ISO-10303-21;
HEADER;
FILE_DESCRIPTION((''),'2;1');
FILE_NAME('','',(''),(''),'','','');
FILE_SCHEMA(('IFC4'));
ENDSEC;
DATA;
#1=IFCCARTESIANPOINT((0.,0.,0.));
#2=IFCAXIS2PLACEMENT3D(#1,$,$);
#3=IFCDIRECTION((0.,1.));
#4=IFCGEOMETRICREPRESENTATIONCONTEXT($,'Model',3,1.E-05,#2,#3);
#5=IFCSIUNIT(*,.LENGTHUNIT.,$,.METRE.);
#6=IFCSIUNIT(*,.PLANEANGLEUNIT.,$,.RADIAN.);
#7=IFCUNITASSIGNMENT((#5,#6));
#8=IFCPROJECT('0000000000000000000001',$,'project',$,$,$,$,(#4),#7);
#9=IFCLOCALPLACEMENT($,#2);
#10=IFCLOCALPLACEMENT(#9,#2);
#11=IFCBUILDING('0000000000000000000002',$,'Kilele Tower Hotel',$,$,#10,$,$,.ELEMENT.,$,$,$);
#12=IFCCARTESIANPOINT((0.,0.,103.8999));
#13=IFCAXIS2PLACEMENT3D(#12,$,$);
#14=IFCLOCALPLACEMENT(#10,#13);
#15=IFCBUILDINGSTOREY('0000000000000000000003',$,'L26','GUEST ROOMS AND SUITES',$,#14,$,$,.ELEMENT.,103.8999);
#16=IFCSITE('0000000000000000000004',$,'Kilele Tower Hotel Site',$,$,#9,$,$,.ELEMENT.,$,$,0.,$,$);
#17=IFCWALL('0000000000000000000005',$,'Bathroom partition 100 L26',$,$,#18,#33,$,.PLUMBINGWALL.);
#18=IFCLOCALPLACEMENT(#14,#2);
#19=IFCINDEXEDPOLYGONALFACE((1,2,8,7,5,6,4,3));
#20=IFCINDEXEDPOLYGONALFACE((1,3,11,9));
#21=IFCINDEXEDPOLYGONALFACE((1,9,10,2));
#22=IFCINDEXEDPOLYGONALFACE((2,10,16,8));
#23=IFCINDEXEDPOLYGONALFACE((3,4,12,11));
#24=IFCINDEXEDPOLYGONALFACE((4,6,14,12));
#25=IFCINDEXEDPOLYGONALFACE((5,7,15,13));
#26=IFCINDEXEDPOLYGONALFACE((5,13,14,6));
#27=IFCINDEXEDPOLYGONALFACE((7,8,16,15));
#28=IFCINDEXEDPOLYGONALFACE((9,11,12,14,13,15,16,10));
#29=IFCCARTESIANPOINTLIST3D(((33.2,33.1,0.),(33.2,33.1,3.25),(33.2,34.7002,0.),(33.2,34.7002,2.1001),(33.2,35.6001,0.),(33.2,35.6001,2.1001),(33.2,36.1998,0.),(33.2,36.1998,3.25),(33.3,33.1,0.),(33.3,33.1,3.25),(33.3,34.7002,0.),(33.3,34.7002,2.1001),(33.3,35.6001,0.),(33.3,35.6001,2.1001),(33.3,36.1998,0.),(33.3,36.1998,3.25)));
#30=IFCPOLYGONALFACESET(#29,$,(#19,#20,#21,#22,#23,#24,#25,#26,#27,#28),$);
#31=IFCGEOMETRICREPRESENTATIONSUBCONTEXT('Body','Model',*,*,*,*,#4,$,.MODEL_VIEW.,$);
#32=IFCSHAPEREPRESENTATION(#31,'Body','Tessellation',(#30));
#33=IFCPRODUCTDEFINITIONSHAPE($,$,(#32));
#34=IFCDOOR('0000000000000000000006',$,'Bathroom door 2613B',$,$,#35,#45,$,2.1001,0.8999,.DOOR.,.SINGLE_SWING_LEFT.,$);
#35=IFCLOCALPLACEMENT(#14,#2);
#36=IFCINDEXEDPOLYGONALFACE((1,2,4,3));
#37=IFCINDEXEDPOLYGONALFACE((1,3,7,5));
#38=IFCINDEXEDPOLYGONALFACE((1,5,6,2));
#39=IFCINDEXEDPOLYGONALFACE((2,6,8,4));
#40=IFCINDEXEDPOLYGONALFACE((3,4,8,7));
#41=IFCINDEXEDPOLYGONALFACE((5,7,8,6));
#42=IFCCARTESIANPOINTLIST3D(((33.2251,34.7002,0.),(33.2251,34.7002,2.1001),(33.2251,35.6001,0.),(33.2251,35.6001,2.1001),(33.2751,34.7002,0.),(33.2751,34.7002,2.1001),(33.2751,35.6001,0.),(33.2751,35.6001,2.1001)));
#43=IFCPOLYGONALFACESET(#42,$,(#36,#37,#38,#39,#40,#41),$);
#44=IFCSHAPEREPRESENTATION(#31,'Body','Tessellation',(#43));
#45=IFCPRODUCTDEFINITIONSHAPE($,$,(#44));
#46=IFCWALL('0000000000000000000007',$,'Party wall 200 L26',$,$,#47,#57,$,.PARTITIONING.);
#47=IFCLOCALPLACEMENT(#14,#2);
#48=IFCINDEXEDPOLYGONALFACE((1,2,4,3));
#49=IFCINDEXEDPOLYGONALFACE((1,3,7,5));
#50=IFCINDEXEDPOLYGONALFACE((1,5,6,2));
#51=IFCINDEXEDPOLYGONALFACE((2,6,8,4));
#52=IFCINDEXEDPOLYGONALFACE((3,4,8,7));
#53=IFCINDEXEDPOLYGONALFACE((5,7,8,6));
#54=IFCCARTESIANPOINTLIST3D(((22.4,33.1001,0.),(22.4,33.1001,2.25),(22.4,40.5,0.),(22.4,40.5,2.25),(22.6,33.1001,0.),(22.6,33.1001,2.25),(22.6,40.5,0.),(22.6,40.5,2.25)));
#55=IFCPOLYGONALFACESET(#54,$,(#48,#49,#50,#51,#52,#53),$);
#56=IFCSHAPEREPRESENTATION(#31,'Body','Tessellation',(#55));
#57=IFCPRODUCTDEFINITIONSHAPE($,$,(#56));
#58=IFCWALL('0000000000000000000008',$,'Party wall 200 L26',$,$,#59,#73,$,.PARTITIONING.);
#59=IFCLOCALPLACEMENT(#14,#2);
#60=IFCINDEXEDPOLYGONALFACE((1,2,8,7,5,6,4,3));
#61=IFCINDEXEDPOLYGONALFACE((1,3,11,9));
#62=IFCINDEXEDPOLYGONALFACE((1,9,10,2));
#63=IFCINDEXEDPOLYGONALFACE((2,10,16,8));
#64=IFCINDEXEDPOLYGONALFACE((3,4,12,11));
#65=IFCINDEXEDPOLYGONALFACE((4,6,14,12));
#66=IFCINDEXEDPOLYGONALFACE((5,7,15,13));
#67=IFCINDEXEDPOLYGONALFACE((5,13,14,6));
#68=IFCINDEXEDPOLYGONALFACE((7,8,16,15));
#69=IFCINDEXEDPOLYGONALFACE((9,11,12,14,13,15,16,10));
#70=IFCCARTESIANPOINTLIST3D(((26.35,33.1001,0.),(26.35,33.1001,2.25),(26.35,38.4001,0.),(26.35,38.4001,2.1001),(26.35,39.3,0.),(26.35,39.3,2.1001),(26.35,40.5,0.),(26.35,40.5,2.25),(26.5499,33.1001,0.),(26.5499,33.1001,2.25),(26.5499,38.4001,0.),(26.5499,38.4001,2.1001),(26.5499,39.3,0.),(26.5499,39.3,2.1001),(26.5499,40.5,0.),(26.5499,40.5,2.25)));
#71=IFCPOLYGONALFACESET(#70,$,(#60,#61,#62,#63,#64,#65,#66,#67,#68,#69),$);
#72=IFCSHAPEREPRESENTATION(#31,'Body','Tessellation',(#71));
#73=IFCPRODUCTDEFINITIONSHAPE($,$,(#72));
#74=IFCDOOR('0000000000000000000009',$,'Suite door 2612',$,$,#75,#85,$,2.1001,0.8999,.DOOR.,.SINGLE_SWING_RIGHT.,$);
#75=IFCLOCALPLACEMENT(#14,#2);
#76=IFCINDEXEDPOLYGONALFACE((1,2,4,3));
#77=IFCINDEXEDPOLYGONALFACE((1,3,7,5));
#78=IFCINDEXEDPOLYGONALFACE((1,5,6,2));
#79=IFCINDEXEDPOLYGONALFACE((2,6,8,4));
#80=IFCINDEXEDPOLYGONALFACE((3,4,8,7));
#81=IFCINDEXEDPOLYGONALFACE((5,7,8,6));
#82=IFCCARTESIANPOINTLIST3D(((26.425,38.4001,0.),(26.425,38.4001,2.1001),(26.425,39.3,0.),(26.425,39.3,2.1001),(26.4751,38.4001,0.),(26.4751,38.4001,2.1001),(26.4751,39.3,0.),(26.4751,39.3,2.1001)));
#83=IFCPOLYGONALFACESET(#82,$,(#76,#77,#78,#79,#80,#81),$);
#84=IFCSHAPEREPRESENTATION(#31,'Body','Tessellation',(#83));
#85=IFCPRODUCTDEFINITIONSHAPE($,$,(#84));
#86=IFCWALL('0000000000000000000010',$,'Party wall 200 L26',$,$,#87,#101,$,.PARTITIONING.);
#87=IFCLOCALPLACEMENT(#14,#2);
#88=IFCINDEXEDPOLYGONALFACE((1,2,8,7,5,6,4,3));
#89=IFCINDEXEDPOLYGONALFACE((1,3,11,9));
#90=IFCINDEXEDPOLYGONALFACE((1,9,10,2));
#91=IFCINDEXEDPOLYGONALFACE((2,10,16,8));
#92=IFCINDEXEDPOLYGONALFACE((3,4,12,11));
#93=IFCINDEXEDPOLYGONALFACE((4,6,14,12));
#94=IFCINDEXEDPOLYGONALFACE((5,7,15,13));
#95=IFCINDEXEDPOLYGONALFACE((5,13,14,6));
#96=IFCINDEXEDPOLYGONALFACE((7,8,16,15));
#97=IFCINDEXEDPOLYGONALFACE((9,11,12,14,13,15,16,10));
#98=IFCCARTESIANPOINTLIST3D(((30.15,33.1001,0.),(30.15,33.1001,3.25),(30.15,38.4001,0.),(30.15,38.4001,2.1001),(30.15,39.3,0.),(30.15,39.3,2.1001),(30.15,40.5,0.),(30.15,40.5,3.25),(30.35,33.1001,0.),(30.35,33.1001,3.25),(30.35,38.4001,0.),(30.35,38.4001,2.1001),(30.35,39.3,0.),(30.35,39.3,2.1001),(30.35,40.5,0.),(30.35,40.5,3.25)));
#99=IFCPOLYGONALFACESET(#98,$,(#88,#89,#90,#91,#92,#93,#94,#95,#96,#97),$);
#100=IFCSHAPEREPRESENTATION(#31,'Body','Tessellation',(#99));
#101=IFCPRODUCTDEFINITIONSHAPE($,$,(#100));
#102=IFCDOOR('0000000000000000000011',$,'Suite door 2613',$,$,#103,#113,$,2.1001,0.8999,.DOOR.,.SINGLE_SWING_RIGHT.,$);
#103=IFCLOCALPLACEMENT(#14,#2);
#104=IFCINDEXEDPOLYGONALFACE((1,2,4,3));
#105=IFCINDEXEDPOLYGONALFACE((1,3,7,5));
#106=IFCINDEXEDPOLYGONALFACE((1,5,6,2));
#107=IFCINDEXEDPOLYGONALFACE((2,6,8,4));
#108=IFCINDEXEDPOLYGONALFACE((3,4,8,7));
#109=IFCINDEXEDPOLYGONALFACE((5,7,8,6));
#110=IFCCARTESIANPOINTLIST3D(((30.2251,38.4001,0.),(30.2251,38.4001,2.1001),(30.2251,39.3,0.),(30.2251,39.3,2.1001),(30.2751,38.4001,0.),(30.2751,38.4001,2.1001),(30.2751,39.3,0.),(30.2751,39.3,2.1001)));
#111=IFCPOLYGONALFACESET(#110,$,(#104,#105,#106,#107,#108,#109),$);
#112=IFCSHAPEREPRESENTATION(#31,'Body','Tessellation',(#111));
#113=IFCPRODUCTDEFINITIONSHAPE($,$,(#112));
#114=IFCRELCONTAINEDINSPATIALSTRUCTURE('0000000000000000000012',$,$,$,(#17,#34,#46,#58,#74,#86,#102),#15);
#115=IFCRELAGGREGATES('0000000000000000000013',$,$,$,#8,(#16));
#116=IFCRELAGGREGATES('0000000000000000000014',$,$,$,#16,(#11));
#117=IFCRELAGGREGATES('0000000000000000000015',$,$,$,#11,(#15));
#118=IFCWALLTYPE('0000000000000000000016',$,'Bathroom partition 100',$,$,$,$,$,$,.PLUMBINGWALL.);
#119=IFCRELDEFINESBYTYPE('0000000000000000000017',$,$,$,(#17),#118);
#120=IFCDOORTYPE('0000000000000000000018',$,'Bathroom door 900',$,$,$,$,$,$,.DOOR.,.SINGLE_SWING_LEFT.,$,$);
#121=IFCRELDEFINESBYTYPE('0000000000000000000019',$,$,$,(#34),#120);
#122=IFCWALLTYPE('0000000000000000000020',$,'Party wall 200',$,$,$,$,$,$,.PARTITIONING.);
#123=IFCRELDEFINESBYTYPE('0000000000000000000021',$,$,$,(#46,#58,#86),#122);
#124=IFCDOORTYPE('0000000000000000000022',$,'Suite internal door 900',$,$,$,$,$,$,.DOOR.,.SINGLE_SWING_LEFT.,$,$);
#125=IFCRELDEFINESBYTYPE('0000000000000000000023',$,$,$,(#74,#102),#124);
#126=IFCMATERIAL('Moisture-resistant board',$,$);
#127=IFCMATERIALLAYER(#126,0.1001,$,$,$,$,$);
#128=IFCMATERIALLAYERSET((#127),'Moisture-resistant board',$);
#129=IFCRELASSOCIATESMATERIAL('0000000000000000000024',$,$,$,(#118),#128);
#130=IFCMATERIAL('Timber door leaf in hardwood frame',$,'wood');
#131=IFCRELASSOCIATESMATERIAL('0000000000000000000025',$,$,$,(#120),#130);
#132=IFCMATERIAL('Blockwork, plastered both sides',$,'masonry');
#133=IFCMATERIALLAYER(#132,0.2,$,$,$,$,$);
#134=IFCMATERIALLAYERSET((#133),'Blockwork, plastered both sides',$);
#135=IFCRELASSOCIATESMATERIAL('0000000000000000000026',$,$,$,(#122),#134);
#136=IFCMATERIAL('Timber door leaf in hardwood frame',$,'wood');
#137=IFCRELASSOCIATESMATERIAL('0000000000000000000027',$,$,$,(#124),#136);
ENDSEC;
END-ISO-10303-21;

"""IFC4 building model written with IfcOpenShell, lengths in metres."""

from ifc_helpers import new_model, si_unit, direction, frame, frame_2d, origin, place, context, subcontext, project, spatial, rectangle, extrude, material, layer, layer_set, type_object, element, fill, save


model = new_model("IFC4")

# Units and contexts
model_context = context("Model", 3, precision=1e-05, world=origin(), true_north=direction((0.0, 1.0)))
body_context = subcontext(model_context, "Body", "Model", "MODEL_VIEW")
ifc_project = project(units=[si_unit("LENGTHUNIT", "METRE"), si_unit("PLANEANGLEUNIT", "RADIAN")], contexts=[model_context])

# Site, building, storey
site_placement = place(None, origin())
site = spatial("IfcSite", under=ifc_project, at=site_placement, Name="Kilele Tower Hotel Site", CompositionType="ELEMENT", RefElevation=0.0)
building_placement = place(site_placement, origin())
building = spatial("IfcBuilding", under=site, at=building_placement, Name="Kilele Tower Hotel", CompositionType="ELEMENT")
storey_placement = place(building_placement, frame((0.0, 0.0, 103.8999)))
storey = spatial("IfcBuildingStorey", under=building, at=storey_placement, Name="L26", Description="GUEST ROOMS AND SUITES", CompositionType="ELEMENT", Elevation=103.8999)

# Shared definitions
ifc_material_1 = material(Name="Moisture-resistant board")
ifc_layer_1 = layer(ifc_material_1, 0.1001)
ifc_layer_set_1 = layer_set([ifc_layer_1], Name="Moisture-resistant board")
wall_type_1 = type_object("IfcWallType", Name="Bathroom partition 100", PredefinedType="PLUMBINGWALL", material=ifc_layer_set_1)

# Shared definitions
ifc_material_2 = material(Name="Timber door leaf in hardwood frame", Category="wood")
door_type_1 = type_object("IfcDoorType", Name="Bathroom door 900", OperationType="SINGLE_SWING_LEFT", PredefinedType="DOOR", material=ifc_material_2)

# Wall, opening, door
wall_1_placement = place(storey_placement, frame((33.25, 33.1001, 0.0), z_axis=(0.0, 0.0, 1.0), x_axis=(0.0, 1.0, 0.0)))
wall_1 = element("IfcWall", 1, at=wall_1_placement, inside=storey, type_object=wall_type_1, Name="Bathroom partition 100 L26", PredefinedType="PLUMBINGWALL", context=body_context, shape_type="SweptSolid", body=[
    extrude(rectangle(XDim=3.0999, YDim=0.1001, at=frame_2d((1.5498, 0.0))), origin(), (0.0, 0.0, 1.0), 3.25),
])
opening_1_placement = place(wall_1_placement, frame((1.6001, 0.0, 0.0)))
opening_1 = element("IfcOpeningElement", 2, at=opening_1_placement, cuts=wall_1, PredefinedType="OPENING", context=body_context, shape_type="SweptSolid", body=[
    extrude(rectangle(XDim=0.8999, YDim=2.1001, at=frame_2d((0.45, 1.05))), frame((0.0, 0.0601, 0.0), z_axis=(0.0, -1.0, 0.0), x_axis=(1.0, 0.0, 0.0)), (0.0, 0.0, 1.0), 0.1201),
])
door_1_placement = place(opening_1_placement, origin())
door_1 = element("IfcDoor", 3, at=door_1_placement, inside=storey, type_object=door_type_1, Name="Bathroom door 2613B", OperationType="SINGLE_SWING_LEFT", OverallHeight=2.1001, OverallWidth=0.8999, PredefinedType="DOOR", context=body_context, shape_type="SweptSolid", body=[
    extrude(rectangle(XDim=0.8999, YDim=2.1001, at=frame_2d((0.45, 1.05))), frame((0.0, 0.0249, 0.0), z_axis=(0.0, -1.0, 0.0), x_axis=(1.0, 0.0, 0.0)), (0.0, 0.0, 1.0), 0.05),
])
fill(opening_1, door_1)

# Wall
ifc_material_3 = material(Name="Blockwork, plastered both sides", Category="masonry")
ifc_layer_2 = layer(ifc_material_3, 0.2)
ifc_layer_set_2 = layer_set([ifc_layer_2], Name="Blockwork, plastered both sides")
wall_type_2 = type_object("IfcWallType", Name="Party wall 200", PredefinedType="PARTITIONING", material=ifc_layer_set_2)
wall_2_placement = place(storey_placement, frame((22.5, 33.1001, 0.0), z_axis=(0.0, 0.0, 1.0), x_axis=(0.0, 1.0, 0.0)))
element("IfcWall", 4, at=wall_2_placement, inside=storey, type_object=wall_type_2, Name="Party wall 200 L26", PredefinedType="PARTITIONING", context=body_context, shape_type="SweptSolid", body=[
    extrude(rectangle(XDim=7.3999, YDim=0.2, at=frame_2d((3.7, 0.0))), origin(), (0.0, 0.0, 1.0), 2.25),
])

# Walls, openings, doors
wall_3_placement = place(storey_placement, frame((26.45, 33.1001, 0.0), z_axis=(0.0, 0.0, 1.0), x_axis=(0.0, 1.0, 0.0)))
wall_3 = element("IfcWall", 5, at=wall_3_placement, inside=storey, type_object=wall_type_2, Name="Party wall 200 L26", PredefinedType="PARTITIONING", context=body_context, shape_type="SweptSolid", body=[
    extrude(rectangle(XDim=7.3999, YDim=0.2, at=frame_2d((3.7, 0.0))), origin(), (0.0, 0.0, 1.0), 2.25),
])
opening_2_placement = place(wall_3_placement, frame((5.3, 0.0, 0.0)))
opening_2 = element("IfcOpeningElement", 6, at=opening_2_placement, cuts=wall_3, PredefinedType="OPENING", context=body_context, shape_type="SweptSolid", body=[
    extrude(rectangle(XDim=0.8999, YDim=2.1001, at=frame_2d((0.45, 1.05))), frame((0.0, 0.1099, 0.0), z_axis=(0.0, -1.0, 0.0), x_axis=(1.0, 0.0, 0.0)), (0.0, 0.0, 1.0), 0.22),
])
ifc_material_4 = material(Name="Timber door leaf in hardwood frame", Category="wood")
door_type_2 = type_object("IfcDoorType", Name="Suite internal door 900", OperationType="SINGLE_SWING_LEFT", PredefinedType="DOOR", material=ifc_material_4)
door_2_placement = place(opening_2_placement, origin())
door_2 = element("IfcDoor", 7, at=door_2_placement, inside=storey, type_object=door_type_2, Name="Suite door 2612", OperationType="SINGLE_SWING_RIGHT", OverallHeight=2.1001, OverallWidth=0.8999, PredefinedType="DOOR", context=body_context, shape_type="SweptSolid", body=[
    extrude(rectangle(XDim=0.8999, YDim=2.1001, at=frame_2d((0.45, 1.05))), frame((0.0, 0.0249, 0.0), z_axis=(0.0, -1.0, 0.0), x_axis=(1.0, 0.0, 0.0)), (0.0, 0.0, 1.0), 0.05),
])
fill(opening_2, door_2)
wall_4_placement = place(storey_placement, frame((30.25, 33.1001, 0.0), z_axis=(0.0, 0.0, 1.0), x_axis=(0.0, 1.0, 0.0)))
wall_4 = element("IfcWall", 8, at=wall_4_placement, inside=storey, type_object=wall_type_2, Name="Party wall 200 L26", PredefinedType="PARTITIONING", context=body_context, shape_type="SweptSolid", body=[
    extrude(rectangle(XDim=7.3999, YDim=0.2, at=frame_2d((3.7, 0.0))), origin(), (0.0, 0.0, 1.0), 3.25),
])
opening_3_placement = place(wall_4_placement, frame((5.3, 0.0, 0.0)))
opening_3 = element("IfcOpeningElement", 9, at=opening_3_placement, cuts=wall_4, PredefinedType="OPENING", context=body_context, shape_type="SweptSolid", body=[
    extrude(rectangle(XDim=0.8999, YDim=2.1001, at=frame_2d((0.45, 1.05))), frame((0.0, 0.1099, 0.0), z_axis=(0.0, -1.0, 0.0), x_axis=(1.0, 0.0, 0.0)), (0.0, 0.0, 1.0), 0.22),
])
door_3_placement = place(opening_3_placement, origin())
door_3 = element("IfcDoor", 10, at=door_3_placement, inside=storey, type_object=door_type_2, Name="Suite door 2613", OperationType="SINGLE_SWING_RIGHT", OverallHeight=2.1001, OverallWidth=0.8999, PredefinedType="DOOR", context=body_context, shape_type="SweptSolid", body=[
    extrude(rectangle(XDim=0.8999, YDim=2.1001, at=frame_2d((0.45, 1.05))), frame((0.0, 0.0249, 0.0), z_axis=(0.0, -1.0, 0.0), x_axis=(1.0, 0.0, 0.0)), (0.0, 0.0, 1.0), 0.05),
])
fill(opening_3, door_3)

save(model, "model.ifc")
